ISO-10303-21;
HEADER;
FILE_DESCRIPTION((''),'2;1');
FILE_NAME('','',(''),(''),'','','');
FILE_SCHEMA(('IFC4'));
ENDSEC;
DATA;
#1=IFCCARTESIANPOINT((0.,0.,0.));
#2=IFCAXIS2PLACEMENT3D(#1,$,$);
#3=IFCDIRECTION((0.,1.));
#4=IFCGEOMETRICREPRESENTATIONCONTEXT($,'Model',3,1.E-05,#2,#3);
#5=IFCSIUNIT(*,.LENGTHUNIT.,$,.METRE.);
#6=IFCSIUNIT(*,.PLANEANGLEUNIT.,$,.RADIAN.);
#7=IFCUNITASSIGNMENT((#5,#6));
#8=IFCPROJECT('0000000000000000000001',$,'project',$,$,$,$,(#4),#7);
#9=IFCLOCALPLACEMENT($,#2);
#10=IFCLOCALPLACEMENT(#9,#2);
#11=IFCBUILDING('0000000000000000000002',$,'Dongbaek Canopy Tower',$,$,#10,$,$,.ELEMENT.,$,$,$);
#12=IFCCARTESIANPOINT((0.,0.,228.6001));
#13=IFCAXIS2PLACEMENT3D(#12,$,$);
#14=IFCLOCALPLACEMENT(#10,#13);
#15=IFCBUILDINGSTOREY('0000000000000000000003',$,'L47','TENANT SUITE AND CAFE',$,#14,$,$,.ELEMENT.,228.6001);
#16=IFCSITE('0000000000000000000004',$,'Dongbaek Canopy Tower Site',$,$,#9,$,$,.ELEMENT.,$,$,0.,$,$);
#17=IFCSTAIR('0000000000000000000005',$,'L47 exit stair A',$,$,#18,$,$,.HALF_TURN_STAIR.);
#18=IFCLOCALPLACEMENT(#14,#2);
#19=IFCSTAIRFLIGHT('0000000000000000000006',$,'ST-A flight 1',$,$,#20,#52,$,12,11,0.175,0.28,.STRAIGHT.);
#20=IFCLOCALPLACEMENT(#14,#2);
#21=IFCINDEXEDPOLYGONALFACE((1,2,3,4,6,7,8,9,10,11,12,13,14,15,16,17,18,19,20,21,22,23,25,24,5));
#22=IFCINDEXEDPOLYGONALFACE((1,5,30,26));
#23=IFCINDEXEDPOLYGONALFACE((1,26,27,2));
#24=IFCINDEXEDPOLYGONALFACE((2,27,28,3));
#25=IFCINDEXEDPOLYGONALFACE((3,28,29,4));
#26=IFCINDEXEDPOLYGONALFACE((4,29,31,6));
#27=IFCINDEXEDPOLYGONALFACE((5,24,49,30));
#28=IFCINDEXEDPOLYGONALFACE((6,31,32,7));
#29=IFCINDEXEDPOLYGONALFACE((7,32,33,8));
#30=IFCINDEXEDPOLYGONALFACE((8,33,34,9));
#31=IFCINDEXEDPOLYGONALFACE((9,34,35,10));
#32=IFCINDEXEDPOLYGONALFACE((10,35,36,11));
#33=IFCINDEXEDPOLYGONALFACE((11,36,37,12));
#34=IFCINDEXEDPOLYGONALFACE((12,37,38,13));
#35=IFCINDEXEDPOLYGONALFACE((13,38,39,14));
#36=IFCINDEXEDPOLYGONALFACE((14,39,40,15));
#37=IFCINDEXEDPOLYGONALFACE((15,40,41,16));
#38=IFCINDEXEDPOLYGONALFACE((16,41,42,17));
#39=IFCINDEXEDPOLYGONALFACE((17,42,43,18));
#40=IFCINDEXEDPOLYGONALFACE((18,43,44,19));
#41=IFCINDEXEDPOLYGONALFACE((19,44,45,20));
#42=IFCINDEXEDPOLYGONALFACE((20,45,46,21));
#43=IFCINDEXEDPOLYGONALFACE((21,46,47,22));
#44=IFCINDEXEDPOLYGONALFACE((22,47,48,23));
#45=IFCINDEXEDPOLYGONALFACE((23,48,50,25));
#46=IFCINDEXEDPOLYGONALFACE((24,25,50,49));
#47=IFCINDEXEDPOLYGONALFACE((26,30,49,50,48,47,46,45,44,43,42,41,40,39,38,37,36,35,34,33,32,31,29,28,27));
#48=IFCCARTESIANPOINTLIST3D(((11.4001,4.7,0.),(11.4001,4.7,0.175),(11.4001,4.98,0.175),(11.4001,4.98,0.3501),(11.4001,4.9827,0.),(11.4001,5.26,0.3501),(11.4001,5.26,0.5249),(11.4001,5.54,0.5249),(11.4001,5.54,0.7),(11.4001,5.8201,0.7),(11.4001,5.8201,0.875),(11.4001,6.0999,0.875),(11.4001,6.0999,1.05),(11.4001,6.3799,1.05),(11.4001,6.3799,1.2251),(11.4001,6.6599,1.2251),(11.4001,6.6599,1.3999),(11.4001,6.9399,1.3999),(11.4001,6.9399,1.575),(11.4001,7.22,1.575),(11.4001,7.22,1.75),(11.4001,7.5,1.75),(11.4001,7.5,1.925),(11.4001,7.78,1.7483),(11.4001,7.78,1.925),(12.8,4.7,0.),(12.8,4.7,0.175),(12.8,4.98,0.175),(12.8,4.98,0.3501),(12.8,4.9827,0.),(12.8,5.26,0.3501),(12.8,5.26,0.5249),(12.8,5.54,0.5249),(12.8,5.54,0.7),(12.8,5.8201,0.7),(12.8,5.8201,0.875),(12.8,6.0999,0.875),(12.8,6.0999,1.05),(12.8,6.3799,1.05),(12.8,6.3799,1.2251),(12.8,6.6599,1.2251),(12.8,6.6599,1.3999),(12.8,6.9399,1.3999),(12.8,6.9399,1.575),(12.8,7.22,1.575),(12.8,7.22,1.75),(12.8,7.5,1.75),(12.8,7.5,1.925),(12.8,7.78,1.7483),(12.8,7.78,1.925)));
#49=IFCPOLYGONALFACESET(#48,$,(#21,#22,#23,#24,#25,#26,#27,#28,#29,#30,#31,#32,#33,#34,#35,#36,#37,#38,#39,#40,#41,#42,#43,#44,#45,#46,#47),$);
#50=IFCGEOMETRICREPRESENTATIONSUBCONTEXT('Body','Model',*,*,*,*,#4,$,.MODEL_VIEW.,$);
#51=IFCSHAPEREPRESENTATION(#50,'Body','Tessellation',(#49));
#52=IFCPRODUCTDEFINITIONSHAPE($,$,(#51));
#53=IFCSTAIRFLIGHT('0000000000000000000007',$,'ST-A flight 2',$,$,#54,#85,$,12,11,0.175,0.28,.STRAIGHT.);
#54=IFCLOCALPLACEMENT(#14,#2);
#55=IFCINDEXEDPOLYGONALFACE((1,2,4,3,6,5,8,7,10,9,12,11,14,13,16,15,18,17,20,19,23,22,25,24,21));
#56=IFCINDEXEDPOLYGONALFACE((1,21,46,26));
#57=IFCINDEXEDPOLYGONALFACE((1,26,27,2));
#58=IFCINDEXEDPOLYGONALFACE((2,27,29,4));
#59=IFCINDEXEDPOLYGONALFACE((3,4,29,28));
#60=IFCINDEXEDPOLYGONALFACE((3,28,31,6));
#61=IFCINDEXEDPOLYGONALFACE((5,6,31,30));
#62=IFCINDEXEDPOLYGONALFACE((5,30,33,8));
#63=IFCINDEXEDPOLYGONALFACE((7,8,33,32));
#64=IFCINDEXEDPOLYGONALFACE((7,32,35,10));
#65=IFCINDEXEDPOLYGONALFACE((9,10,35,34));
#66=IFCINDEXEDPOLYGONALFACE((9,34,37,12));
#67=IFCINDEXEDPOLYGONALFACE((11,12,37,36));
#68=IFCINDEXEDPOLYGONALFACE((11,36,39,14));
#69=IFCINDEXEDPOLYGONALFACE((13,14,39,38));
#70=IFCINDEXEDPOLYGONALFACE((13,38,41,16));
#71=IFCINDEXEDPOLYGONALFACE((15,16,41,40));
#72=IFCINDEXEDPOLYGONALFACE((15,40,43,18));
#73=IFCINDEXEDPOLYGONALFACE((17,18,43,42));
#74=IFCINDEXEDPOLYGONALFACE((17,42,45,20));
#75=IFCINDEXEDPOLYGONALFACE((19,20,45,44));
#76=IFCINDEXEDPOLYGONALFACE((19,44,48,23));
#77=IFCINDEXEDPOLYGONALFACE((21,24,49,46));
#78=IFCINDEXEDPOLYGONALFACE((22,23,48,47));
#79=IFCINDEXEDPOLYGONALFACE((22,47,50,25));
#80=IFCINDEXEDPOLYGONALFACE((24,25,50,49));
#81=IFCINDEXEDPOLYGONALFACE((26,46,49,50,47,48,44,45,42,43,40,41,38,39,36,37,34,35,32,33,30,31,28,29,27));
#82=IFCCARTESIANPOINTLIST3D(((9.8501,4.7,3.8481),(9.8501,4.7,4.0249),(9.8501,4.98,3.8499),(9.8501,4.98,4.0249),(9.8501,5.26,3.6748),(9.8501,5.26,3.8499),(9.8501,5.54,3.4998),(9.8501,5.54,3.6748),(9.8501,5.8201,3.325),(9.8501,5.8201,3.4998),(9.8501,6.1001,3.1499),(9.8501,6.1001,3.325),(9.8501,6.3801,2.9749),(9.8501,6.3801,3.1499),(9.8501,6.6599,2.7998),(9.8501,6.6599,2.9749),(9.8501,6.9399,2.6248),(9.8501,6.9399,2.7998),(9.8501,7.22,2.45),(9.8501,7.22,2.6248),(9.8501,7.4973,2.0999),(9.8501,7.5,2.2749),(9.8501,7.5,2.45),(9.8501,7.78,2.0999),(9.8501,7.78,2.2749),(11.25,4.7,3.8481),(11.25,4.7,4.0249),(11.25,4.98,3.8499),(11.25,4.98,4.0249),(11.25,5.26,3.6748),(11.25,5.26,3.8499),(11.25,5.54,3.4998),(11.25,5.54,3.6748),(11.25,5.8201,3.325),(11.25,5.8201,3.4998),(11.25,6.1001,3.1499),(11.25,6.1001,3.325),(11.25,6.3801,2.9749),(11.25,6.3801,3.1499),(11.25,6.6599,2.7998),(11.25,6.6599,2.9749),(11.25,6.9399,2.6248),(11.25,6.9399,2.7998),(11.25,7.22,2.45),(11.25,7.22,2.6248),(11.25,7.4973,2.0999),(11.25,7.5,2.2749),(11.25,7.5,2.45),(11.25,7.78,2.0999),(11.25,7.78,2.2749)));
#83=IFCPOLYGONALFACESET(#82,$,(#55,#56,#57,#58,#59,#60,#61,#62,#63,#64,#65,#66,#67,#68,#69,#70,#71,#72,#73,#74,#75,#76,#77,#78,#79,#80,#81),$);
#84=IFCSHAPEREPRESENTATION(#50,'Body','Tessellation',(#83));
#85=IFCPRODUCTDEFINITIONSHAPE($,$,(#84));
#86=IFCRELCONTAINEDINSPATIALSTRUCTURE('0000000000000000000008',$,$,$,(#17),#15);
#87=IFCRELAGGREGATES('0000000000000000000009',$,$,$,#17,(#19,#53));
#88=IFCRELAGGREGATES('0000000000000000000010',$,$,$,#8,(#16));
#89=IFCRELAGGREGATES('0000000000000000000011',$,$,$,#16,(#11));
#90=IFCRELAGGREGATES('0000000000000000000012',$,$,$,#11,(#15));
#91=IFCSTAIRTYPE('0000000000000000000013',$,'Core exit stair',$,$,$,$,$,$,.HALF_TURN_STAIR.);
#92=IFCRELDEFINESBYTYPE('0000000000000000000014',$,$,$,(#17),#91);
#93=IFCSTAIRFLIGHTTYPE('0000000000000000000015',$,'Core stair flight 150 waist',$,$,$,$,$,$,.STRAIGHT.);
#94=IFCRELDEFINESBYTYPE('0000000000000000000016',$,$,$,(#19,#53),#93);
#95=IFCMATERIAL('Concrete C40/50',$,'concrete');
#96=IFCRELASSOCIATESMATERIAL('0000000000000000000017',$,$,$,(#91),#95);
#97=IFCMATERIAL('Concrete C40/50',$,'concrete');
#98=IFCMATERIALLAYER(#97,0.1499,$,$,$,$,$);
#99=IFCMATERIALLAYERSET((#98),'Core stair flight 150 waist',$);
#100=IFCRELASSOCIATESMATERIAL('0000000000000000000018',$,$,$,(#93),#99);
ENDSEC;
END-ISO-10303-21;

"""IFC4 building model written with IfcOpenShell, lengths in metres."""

from ifc_helpers import new_model, si_unit, direction, frame, origin, place, context, subcontext, project, spatial, polyline, outline, extrude, material, layer, layer_set, type_object, element, aggregate, save


model = new_model("IFC4")

# Units and contexts
model_context = context("Model", 3, precision=1e-05, world=origin(), true_north=direction((0.0, 1.0)))
body_context = subcontext(model_context, "Body", "Model", "MODEL_VIEW")
ifc_project = project(units=[si_unit("LENGTHUNIT", "METRE"), si_unit("PLANEANGLEUNIT", "RADIAN")], contexts=[model_context])

# Site, building, storey
site_placement = place(None, origin())
site = spatial("IfcSite", under=ifc_project, at=site_placement, Name="Dongbaek Canopy Tower Site", CompositionType="ELEMENT", RefElevation=0.0)
building_placement = place(site_placement, origin())
building = spatial("IfcBuilding", under=site, at=building_placement, Name="Dongbaek Canopy Tower", CompositionType="ELEMENT")
storey_placement = place(building_placement, frame((0.0, 0.0, 228.6001)))
storey = spatial("IfcBuildingStorey", under=building, at=storey_placement, Name="L47", Description="TENANT SUITE AND CAFE", CompositionType="ELEMENT", Elevation=228.6001)

# Shared definitions
ifc_material_1 = material(Name="Concrete C40/50", Category="concrete")
stair_type = type_object("IfcStairType", Name="Core exit stair", PredefinedType="HALF_TURN_STAIR", material=ifc_material_1)

# Stair, stair flights
stair_1_placement = place(storey_placement, origin())
stair_1 = element("IfcStair", 1, at=stair_1_placement, inside=storey, type_object=stair_type, Name="L47 exit stair A", PredefinedType="HALF_TURN_STAIR")
ifc_material_2 = material(Name="Concrete C40/50", Category="concrete")
ifc_layer_1 = layer(ifc_material_2, 0.1499)
ifc_layer_set_1 = layer_set([ifc_layer_1], Name="Core stair flight 150 waist")
stair_flight_type = type_object("IfcStairFlightType", Name="Core stair flight 150 waist", PredefinedType="STRAIGHT", material=ifc_layer_set_1)
stair_flight_1_placement = place(storey_placement, frame((12.1001, 4.7, 0.0), z_axis=(0.0, 0.0, 1.0), x_axis=(0.0, 1.0, 0.0)))
stair_flight_1 = element("IfcStairFlight", 2, at=stair_flight_1_placement, type_object=stair_flight_type, Name="ST-A flight 1", NumberOfRisers=12, NumberOfTreads=11, PredefinedType="STRAIGHT", RiserHeight=0.175, TreadLength=0.28, context=body_context, shape_type="SweptSolid", body=[
    extrude(outline(polyline([(0.0, 0.0), (0.0, 0.175), (0.28, 0.175), (0.28, 0.3501), (0.5601, 0.3501), (0.5601, 0.5249), (0.8401, 0.5249), (0.8401, 0.7), (1.1201, 0.7), (1.1201, 0.875), (1.3999, 0.875), (1.3999, 1.05), (1.6799, 1.05), (1.6799, 1.2251), (1.96, 1.2251), (1.96, 1.3999), (2.24, 1.3999), (2.24, 1.575), (2.52, 1.575), (2.52, 1.75), (2.8, 1.75), (2.8, 1.925), (3.0801, 1.925), (3.0801, 2.1001), (3.0801, 1.7483), (0.2827, 0.0), (0.0, 0.0)])), frame((0.0, 0.7, 0.0), z_axis=(0.0, -1.0, 0.0), x_axis=(1.0, 0.0, 0.0)), (0.0, 0.0, 1.0), 1.3999),
])
stair_flight_2_placement = place(storey_placement, frame((10.55, 7.78, 2.0999), z_axis=(0.0, 0.0, 1.0), x_axis=(0.0, -1.0, 0.0)))
stair_flight_2 = element("IfcStairFlight", 3, at=stair_flight_2_placement, type_object=stair_flight_type, Name="ST-A flight 2", NumberOfRisers=12, NumberOfTreads=11, PredefinedType="STRAIGHT", RiserHeight=0.175, TreadLength=0.28, context=body_context, shape_type="SweptSolid", body=[
    extrude(outline(polyline([(0.0, 0.0), (0.0, 0.175), (0.28, 0.175), (0.28, 0.3501), (0.5601, 0.3501), (0.5601, 0.5249), (0.8401, 0.5249), (0.8401, 0.7), (1.1201, 0.7), (1.1201, 0.875), (1.3999, 0.875), (1.3999, 1.05), (1.6799, 1.05), (1.6799, 1.2251), (1.96, 1.2251), (1.96, 1.3999), (2.24, 1.3999), (2.24, 1.575), (2.52, 1.575), (2.52, 1.75), (2.8, 1.75), (2.8, 1.925), (3.0801, 1.925), (3.0801, 2.1001), (3.0801, 1.7483), (0.2827, 0.0), (0.0, 0.0)])), frame((0.0, 0.7, 0.0), z_axis=(0.0, -1.0, 0.0), x_axis=(1.0, 0.0, 0.0)), (0.0, 0.0, 1.0), 1.3999),
])
aggregate(stair_1, [stair_flight_1, stair_flight_2])

save(model, "model.ifc")
